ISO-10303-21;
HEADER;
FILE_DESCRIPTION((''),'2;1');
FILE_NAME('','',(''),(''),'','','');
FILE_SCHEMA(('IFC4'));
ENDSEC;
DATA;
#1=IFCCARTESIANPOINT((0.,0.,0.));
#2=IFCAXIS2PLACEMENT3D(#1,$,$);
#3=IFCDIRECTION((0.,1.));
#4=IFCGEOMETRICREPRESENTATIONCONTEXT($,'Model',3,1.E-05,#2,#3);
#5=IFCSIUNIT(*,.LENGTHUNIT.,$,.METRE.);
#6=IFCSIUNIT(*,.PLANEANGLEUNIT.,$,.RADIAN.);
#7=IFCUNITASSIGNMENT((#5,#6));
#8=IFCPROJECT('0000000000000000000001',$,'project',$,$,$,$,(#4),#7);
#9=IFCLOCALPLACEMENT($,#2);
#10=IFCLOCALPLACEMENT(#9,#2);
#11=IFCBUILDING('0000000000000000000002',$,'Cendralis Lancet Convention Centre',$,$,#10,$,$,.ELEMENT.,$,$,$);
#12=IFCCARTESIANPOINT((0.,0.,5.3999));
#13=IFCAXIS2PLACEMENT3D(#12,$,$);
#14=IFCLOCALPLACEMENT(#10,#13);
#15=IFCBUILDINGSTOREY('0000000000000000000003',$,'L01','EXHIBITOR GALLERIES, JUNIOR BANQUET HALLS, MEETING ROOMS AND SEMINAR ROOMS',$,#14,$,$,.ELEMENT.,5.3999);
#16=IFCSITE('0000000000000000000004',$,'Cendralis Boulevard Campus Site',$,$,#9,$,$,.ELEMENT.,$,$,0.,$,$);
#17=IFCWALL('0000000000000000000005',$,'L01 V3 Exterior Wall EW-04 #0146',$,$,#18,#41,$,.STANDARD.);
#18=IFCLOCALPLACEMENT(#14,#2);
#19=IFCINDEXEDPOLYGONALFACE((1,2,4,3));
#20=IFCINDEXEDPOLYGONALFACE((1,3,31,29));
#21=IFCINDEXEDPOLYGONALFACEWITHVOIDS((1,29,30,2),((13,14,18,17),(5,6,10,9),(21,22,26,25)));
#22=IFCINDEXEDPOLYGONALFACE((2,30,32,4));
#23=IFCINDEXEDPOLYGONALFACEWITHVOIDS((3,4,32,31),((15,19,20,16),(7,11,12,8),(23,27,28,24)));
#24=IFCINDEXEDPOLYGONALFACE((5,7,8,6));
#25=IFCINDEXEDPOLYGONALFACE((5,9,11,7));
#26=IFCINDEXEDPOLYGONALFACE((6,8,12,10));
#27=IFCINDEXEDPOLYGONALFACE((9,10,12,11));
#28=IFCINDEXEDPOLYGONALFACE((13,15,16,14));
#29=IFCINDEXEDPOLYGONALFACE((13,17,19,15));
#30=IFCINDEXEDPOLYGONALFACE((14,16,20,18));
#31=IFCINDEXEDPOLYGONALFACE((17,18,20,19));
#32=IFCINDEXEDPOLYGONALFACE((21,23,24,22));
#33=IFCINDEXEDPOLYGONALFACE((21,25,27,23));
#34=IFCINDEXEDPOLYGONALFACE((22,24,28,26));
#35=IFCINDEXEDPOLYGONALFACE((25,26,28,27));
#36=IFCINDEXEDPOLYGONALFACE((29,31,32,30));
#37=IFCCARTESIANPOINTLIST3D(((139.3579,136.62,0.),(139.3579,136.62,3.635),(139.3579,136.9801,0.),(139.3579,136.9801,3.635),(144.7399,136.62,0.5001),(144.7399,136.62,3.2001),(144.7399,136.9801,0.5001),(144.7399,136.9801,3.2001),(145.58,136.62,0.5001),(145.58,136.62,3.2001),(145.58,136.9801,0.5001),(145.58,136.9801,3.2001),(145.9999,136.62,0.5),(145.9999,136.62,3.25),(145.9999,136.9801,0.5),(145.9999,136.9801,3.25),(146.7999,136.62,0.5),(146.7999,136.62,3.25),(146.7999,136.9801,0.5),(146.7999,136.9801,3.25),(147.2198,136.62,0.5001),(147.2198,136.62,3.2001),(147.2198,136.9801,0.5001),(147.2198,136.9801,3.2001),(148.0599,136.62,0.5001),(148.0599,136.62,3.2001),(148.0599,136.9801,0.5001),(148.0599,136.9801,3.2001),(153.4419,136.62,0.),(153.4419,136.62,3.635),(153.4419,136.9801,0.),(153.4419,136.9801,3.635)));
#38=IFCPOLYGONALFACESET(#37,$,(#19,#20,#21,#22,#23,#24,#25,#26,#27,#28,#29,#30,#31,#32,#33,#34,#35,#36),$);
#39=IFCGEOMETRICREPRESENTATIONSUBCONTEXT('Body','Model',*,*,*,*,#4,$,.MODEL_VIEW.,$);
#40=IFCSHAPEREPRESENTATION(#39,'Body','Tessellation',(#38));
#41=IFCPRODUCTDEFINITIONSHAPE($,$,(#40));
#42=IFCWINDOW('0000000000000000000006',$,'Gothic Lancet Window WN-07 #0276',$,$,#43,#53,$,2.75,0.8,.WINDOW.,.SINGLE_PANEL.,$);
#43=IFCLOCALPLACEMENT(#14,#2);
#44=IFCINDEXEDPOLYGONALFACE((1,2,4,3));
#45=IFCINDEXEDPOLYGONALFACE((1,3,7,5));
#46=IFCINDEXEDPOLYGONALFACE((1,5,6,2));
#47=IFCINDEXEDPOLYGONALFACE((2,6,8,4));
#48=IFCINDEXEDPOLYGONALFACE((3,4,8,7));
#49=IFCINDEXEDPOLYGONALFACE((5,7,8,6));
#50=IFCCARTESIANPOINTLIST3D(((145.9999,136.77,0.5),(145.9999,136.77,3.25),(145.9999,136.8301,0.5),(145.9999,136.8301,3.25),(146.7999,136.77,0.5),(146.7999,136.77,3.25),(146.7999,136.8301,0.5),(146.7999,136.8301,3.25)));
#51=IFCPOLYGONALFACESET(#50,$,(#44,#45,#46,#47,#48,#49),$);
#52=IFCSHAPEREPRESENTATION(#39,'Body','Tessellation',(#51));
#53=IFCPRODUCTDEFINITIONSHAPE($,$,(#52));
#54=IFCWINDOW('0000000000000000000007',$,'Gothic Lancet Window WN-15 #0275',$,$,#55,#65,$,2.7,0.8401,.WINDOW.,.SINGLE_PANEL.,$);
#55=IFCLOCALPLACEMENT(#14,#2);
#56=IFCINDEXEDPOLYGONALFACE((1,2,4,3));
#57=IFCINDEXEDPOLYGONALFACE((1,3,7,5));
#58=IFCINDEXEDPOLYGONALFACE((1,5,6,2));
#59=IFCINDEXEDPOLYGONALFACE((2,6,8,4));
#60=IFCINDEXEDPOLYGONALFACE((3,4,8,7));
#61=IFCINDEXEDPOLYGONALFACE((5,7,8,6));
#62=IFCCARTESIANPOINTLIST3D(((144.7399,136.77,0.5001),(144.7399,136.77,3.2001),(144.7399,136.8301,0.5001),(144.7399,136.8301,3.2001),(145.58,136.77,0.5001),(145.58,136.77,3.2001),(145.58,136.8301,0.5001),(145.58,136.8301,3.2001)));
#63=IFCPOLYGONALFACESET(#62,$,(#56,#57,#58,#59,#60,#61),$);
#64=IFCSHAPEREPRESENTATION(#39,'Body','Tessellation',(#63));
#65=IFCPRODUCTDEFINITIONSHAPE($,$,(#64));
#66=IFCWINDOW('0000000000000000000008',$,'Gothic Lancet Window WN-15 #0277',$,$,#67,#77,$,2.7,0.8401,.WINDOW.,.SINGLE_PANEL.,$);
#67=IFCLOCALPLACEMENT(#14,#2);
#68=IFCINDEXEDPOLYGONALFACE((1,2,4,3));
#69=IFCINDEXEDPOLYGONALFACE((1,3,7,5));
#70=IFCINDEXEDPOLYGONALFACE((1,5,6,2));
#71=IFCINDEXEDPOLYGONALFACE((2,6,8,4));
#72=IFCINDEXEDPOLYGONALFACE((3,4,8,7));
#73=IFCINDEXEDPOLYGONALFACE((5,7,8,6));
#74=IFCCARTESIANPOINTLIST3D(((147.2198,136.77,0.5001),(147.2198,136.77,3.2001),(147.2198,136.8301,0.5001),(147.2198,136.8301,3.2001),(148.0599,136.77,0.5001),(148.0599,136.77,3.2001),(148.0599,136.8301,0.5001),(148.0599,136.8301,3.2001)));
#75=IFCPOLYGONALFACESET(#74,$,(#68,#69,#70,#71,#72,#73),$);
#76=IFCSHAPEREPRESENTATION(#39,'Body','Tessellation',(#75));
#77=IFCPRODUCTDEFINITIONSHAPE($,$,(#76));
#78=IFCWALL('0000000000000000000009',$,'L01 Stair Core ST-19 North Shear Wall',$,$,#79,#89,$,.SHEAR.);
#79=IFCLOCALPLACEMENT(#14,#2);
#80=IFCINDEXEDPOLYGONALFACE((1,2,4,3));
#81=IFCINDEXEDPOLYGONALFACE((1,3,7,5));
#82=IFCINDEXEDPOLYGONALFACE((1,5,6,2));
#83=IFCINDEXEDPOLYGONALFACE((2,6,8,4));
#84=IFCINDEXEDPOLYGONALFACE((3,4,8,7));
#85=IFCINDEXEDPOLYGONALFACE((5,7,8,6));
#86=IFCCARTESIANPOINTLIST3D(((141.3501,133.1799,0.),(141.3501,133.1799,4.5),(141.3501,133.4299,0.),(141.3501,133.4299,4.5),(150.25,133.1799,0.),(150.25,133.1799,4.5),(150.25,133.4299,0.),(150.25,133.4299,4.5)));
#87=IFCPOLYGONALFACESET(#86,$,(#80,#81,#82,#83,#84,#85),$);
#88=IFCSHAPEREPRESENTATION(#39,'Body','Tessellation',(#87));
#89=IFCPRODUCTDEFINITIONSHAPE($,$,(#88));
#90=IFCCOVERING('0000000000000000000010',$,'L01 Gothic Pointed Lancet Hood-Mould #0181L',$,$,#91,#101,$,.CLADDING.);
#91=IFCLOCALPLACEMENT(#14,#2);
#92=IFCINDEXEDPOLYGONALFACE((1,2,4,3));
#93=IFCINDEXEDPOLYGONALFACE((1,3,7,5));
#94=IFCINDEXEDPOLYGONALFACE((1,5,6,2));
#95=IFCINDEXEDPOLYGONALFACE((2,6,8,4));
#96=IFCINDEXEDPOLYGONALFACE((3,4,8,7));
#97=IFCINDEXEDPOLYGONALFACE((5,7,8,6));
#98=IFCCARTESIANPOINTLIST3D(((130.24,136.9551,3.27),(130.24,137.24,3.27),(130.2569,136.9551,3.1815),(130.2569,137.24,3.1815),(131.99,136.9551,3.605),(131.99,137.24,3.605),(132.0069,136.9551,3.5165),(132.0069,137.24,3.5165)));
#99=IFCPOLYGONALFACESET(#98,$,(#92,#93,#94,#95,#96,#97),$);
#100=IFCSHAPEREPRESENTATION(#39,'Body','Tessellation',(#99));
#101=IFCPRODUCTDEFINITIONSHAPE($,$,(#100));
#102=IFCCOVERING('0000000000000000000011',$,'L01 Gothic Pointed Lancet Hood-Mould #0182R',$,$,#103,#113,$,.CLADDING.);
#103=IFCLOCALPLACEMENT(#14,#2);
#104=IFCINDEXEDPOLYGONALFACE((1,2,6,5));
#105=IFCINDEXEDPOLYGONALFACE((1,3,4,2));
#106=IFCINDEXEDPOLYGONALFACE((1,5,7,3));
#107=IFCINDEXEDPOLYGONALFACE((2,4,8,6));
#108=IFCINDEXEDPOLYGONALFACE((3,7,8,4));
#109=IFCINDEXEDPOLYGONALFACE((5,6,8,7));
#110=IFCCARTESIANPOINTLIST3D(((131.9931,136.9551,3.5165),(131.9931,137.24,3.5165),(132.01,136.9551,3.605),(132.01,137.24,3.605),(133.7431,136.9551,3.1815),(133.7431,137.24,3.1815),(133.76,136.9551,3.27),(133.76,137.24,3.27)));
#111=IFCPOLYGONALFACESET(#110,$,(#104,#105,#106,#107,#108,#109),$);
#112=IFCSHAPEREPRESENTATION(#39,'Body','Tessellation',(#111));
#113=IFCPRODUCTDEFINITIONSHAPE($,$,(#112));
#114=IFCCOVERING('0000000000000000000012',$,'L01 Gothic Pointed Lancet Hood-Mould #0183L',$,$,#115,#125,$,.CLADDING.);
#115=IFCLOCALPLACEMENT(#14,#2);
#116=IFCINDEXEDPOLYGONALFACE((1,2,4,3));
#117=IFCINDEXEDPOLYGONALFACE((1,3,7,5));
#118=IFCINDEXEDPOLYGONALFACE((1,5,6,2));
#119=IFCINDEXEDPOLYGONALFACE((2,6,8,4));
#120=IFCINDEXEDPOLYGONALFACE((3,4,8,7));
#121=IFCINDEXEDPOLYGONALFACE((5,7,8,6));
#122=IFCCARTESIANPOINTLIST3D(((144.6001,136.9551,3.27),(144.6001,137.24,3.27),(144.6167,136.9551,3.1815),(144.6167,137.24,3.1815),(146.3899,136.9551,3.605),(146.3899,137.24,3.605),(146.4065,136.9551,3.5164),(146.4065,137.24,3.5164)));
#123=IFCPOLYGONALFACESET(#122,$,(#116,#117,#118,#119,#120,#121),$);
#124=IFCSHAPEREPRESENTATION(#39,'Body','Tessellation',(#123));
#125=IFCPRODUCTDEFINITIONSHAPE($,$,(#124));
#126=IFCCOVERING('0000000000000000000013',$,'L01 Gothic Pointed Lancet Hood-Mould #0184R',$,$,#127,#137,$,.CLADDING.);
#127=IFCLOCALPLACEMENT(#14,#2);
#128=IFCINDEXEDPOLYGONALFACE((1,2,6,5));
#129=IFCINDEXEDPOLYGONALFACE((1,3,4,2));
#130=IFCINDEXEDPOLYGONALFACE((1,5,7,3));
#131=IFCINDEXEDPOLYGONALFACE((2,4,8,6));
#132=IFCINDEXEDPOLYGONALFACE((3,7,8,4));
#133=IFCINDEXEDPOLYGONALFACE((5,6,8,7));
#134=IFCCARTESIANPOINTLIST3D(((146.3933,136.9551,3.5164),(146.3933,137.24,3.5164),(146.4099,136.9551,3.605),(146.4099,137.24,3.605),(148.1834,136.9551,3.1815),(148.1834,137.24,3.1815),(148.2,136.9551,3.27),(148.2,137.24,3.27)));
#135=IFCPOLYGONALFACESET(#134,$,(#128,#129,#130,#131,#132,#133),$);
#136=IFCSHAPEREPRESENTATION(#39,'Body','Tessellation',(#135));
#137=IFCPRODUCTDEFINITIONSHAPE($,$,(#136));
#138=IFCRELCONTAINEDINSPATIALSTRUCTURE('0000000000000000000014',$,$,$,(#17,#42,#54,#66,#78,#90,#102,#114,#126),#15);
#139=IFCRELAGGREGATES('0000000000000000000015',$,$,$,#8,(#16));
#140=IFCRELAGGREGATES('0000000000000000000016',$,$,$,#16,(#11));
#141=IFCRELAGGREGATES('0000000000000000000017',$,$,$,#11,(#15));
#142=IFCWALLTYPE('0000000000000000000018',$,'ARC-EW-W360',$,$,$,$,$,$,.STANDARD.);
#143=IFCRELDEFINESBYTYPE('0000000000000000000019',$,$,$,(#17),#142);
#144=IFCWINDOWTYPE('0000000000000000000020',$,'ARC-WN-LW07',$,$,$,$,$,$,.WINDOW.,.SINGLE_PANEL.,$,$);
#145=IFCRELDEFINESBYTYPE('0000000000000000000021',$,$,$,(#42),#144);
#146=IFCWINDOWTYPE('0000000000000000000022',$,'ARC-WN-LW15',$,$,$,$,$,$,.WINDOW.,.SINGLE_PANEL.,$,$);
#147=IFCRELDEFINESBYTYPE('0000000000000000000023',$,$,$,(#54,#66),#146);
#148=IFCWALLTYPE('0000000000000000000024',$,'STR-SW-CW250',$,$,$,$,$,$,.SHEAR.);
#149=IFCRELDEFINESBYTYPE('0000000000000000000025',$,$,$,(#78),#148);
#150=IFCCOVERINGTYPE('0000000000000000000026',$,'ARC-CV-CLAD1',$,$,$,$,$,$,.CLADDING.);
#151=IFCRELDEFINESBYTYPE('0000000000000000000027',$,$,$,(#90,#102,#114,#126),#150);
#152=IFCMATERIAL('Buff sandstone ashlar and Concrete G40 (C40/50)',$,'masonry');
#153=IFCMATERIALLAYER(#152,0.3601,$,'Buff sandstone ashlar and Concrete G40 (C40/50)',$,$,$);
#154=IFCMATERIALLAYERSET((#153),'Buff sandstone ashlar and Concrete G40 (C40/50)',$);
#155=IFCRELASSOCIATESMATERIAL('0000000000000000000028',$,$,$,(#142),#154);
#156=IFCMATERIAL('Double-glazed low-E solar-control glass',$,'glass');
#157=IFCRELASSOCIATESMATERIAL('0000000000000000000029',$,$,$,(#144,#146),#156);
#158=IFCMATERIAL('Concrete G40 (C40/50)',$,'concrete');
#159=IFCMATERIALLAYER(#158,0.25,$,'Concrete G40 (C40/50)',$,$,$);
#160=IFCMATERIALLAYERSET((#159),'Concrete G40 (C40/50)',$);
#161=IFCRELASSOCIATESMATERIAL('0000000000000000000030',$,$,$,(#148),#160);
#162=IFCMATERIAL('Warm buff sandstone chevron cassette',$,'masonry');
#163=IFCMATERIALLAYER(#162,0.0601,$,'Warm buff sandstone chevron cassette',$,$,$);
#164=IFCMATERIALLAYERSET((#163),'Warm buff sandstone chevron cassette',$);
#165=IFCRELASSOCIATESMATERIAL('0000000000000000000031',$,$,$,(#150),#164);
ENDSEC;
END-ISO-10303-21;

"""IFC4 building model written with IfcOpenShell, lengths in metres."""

from ifc_helpers import new_model, si_unit, direction, frame, frame_2d, origin, place, context, subcontext, project, spatial, polyline, rectangle, outline, extrude, material, layer, layer_set, type_object, element, fill, save


model = new_model("IFC4")

# Units and contexts
model_context = context("Model", 3, precision=1e-05, world=origin(), true_north=direction((0.0, 1.0)))
body_context = subcontext(model_context, "Body", "Model", "MODEL_VIEW")
ifc_project = project(units=[si_unit("LENGTHUNIT", "METRE"), si_unit("PLANEANGLEUNIT", "RADIAN")], contexts=[model_context])

# Site, building, storey
site_placement = place(None, origin())
site = spatial("IfcSite", under=ifc_project, at=site_placement, Name="Cendralis Boulevard Campus Site", CompositionType="ELEMENT", RefElevation=0.0)
building_placement = place(site_placement, origin())
building = spatial("IfcBuilding", under=site, at=building_placement, Name="Cendralis Lancet Convention Centre", CompositionType="ELEMENT")
storey_placement = place(building_placement, frame((0.0, 0.0, 5.3999)))
storey = spatial("IfcBuildingStorey", under=building, at=storey_placement, Name="L01", Description="EXHIBITOR GALLERIES, JUNIOR BANQUET HALLS, MEETING ROOMS AND SEMINAR ROOMS", CompositionType="ELEMENT", Elevation=5.3999)

# Shared definitions
ifc_material_1 = material(Name="Concrete G40 (C40/50)", Category="concrete")

# Wall, openings, windows
ifc_material_2 = material(Name="Buff sandstone ashlar and Concrete G40 (C40/50)", Category="masonry")
ifc_layer_1 = layer(ifc_material_2, 0.3601, Name="Buff sandstone ashlar and Concrete G40 (C40/50)")
ifc_layer_set_1 = layer_set([ifc_layer_1], Name="Buff sandstone ashlar and Concrete G40 (C40/50)")
wall_type_1 = type_object("IfcWallType", Name="ARC-EW-W360", PredefinedType="STANDARD", material=ifc_layer_set_1)
wall_1_placement = place(storey_placement, frame((139.3579, 136.8, 0.0), z_axis=(0.0, 0.0, 1.0), x_axis=(1.0, 0.0, 0.0)))
wall_1 = element("IfcWall", 1, at=wall_1_placement, inside=storey, type_object=wall_type_1, Name="L01 V3 Exterior Wall EW-04 #0146", PredefinedType="STANDARD", context=body_context, shape_type="SweptSolid", body=[
    extrude(rectangle(XDim=14.084, YDim=0.3601, at=frame_2d((7.042, 0.0))), origin(), (0.0, 0.0, 1.0), 3.635),
])
opening_1_placement = place(wall_1_placement, frame((5.3821, 0.0, 0.5)))
opening_1 = element("IfcOpeningElement", 2, at=opening_1_placement, cuts=wall_1, PredefinedType="OPENING", context=body_context, shape_type="SweptSolid", body=[
    extrude(rectangle(XDim=0.8401, YDim=2.7, at=frame_2d((0.4199, 1.3501))), frame((0.0, 0.1899, 0.0), z_axis=(0.0, -1.0, 0.0), x_axis=(1.0, 0.0, 0.0)), (0.0, 0.0, 1.0), 0.3801),
])
opening_2_placement = place(wall_1_placement, frame((6.6421, 0.0, 0.5)))
opening_2 = element("IfcOpeningElement", 3, at=opening_2_placement, cuts=wall_1, PredefinedType="OPENING", context=body_context, shape_type="SweptSolid", body=[
    extrude(rectangle(XDim=0.8, YDim=2.75, at=frame_2d((0.3999, 1.375))), frame((0.0, 0.1899, 0.0), z_axis=(0.0, -1.0, 0.0), x_axis=(1.0, 0.0, 0.0)), (0.0, 0.0, 1.0), 0.3801),
])
opening_3_placement = place(wall_1_placement, frame((7.8621, 0.0, 0.5)))
opening_3 = element("IfcOpeningElement", 4, at=opening_3_placement, cuts=wall_1, PredefinedType="OPENING", context=body_context, shape_type="SweptSolid", body=[
    extrude(rectangle(XDim=0.8401, YDim=2.7, at=frame_2d((0.4199, 1.3501))), frame((0.0, 0.1899, 0.0), z_axis=(0.0, -1.0, 0.0), x_axis=(1.0, 0.0, 0.0)), (0.0, 0.0, 1.0), 0.3801),
])
ifc_material_3 = material(Name="Double-glazed low-E solar-control glass", Category="glass")
window_type_1 = type_object("IfcWindowType", Name="ARC-WN-LW07", PartitioningType="SINGLE_PANEL", PredefinedType="WINDOW", material=ifc_material_3)
window_1_placement = place(opening_2_placement, origin())
window_1 = element("IfcWindow", 5, at=window_1_placement, inside=storey, type_object=window_type_1, Name="Gothic Lancet Window WN-07 #0276", OverallHeight=2.75, OverallWidth=0.8, PartitioningType="SINGLE_PANEL", PredefinedType="WINDOW", context=body_context, shape_type="SweptSolid", body=[
    extrude(rectangle(XDim=0.8, YDim=2.75, at=frame_2d((0.3999, 1.375))), frame((0.0, 0.03, 0.0), z_axis=(0.0, -1.0, 0.0), x_axis=(1.0, 0.0, 0.0)), (0.0, 0.0, 1.0), 0.0601),
])
fill(opening_2, window_1)
window_type_2 = type_object("IfcWindowType", Name="ARC-WN-LW15", PartitioningType="SINGLE_PANEL", PredefinedType="WINDOW", material=ifc_material_3)
window_2_placement = place(opening_1_placement, origin())
window_2 = element("IfcWindow", 6, at=window_2_placement, inside=storey, type_object=window_type_2, Name="Gothic Lancet Window WN-15 #0275", OverallHeight=2.7, OverallWidth=0.8401, PartitioningType="SINGLE_PANEL", PredefinedType="WINDOW", context=body_context, shape_type="SweptSolid", body=[
    extrude(rectangle(XDim=0.8401, YDim=2.7, at=frame_2d((0.4199, 1.3501))), frame((0.0, 0.03, 0.0), z_axis=(0.0, -1.0, 0.0), x_axis=(1.0, 0.0, 0.0)), (0.0, 0.0, 1.0), 0.0601),
])
fill(opening_1, window_2)
window_3_placement = place(opening_3_placement, origin())
window_3 = element("IfcWindow", 7, at=window_3_placement, inside=storey, type_object=window_type_2, Name="Gothic Lancet Window WN-15 #0277", OverallHeight=2.7, OverallWidth=0.8401, PartitioningType="SINGLE_PANEL", PredefinedType="WINDOW", context=body_context, shape_type="SweptSolid", body=[
    extrude(rectangle(XDim=0.8401, YDim=2.7, at=frame_2d((0.4199, 1.3501))), frame((0.0, 0.03, 0.0), z_axis=(0.0, -1.0, 0.0), x_axis=(1.0, 0.0, 0.0)), (0.0, 0.0, 1.0), 0.0601),
])
fill(opening_3, window_3)

# Wall
ifc_layer_2 = layer(ifc_material_1, 0.25, Name="Concrete G40 (C40/50)")
ifc_layer_set_2 = layer_set([ifc_layer_2], Name="Concrete G40 (C40/50)")
wall_type_2 = type_object("IfcWallType", Name="STR-SW-CW250", PredefinedType="SHEAR", material=ifc_layer_set_2)
wall_2_placement = place(storey_placement, frame((141.3501, 133.3049, 0.0), z_axis=(0.0, 0.0, 1.0), x_axis=(1.0, 0.0, 0.0)))
element("IfcWall", 8, at=wall_2_placement, inside=storey, type_object=wall_type_2, Name="L01 Stair Core ST-19 North Shear Wall", PredefinedType="SHEAR", context=body_context, shape_type="SweptSolid", body=[
    extrude(rectangle(XDim=8.8999, YDim=0.25, at=frame_2d((4.45, 0.0))), origin(), (0.0, 0.0, 1.0), 4.5),
])

# Coverings
ifc_material_4 = material(Name="Warm buff sandstone chevron cassette", Category="masonry")
ifc_layer_3 = layer(ifc_material_4, 0.0601, Name="Warm buff sandstone chevron cassette")
ifc_layer_set_3 = layer_set([ifc_layer_3], Name="Warm buff sandstone chevron cassette")
covering_type = type_object("IfcCoveringType", Name="ARC-CV-CLAD1", PredefinedType="CLADDING", material=ifc_layer_set_3)
for number, where, z_axis, x_axis, name in (
    (9, (130.24, 137.24, 3.27), (-0.187994, 0.0, 0.98217), (0.0, -1.0, 0.0), "L01 Gothic Pointed Lancet Hood-Mould #0181L"),
    (10, (132.01, 137.24, 3.605), (0.187994, 0.0, 0.98217), (0.0, -1.0, 0.0), "L01 Gothic Pointed Lancet Hood-Mould #0182R"),
):
    element("IfcCovering", number, at=place(storey_placement, frame(where, z_axis=z_axis, x_axis=x_axis)), inside=storey, type_object=covering_type, Name=name, PredefinedType="CLADDING", context=body_context, shape_type="SweptSolid", body=[
        extrude(outline(polyline([(0.0, 0.0), (0.2849, 0.0), (0.2849, 1.7818), (0.0, 1.7818), (0.0, 0.0)])), origin(), (0.0, 0.0, -1.0), 0.0901),
    ])
covering_1_placement = place(storey_placement, frame((144.6001, 137.24, 3.27), z_axis=(-0.183957, 0.0, 0.982934), x_axis=(0.0, -1.0, 0.0)))
element("IfcCovering", 11, at=covering_1_placement, inside=storey, type_object=covering_type, Name="L01 Gothic Pointed Lancet Hood-Mould #0183L", PredefinedType="CLADDING", context=body_context, shape_type="SweptSolid", body=[
    extrude(outline(polyline([(0.0, 0.0), (0.2849, 0.0), (0.2849, 1.8209), (0.0, 1.8209), (0.0, 0.0)])), origin(), (0.0, 0.0, -1.0), 0.0901),
])
covering_2_placement = place(storey_placement, frame((146.4099, 137.24, 3.605), z_axis=(0.183932, 0.0, 0.982939), x_axis=(0.0, -1.0, 0.0)))
element("IfcCovering", 12, at=covering_2_placement, inside=storey, type_object=covering_type, Name="L01 Gothic Pointed Lancet Hood-Mould #0184R", PredefinedType="CLADDING", context=body_context, shape_type="SweptSolid", body=[
    extrude(outline(polyline([(0.0, 0.0), (0.2849, 0.0), (0.2849, 1.8211), (0.0, 1.8211), (0.0, 0.0)])), origin(), (0.0, 0.0, -1.0), 0.0901),
])

save(model, "model.ifc")
